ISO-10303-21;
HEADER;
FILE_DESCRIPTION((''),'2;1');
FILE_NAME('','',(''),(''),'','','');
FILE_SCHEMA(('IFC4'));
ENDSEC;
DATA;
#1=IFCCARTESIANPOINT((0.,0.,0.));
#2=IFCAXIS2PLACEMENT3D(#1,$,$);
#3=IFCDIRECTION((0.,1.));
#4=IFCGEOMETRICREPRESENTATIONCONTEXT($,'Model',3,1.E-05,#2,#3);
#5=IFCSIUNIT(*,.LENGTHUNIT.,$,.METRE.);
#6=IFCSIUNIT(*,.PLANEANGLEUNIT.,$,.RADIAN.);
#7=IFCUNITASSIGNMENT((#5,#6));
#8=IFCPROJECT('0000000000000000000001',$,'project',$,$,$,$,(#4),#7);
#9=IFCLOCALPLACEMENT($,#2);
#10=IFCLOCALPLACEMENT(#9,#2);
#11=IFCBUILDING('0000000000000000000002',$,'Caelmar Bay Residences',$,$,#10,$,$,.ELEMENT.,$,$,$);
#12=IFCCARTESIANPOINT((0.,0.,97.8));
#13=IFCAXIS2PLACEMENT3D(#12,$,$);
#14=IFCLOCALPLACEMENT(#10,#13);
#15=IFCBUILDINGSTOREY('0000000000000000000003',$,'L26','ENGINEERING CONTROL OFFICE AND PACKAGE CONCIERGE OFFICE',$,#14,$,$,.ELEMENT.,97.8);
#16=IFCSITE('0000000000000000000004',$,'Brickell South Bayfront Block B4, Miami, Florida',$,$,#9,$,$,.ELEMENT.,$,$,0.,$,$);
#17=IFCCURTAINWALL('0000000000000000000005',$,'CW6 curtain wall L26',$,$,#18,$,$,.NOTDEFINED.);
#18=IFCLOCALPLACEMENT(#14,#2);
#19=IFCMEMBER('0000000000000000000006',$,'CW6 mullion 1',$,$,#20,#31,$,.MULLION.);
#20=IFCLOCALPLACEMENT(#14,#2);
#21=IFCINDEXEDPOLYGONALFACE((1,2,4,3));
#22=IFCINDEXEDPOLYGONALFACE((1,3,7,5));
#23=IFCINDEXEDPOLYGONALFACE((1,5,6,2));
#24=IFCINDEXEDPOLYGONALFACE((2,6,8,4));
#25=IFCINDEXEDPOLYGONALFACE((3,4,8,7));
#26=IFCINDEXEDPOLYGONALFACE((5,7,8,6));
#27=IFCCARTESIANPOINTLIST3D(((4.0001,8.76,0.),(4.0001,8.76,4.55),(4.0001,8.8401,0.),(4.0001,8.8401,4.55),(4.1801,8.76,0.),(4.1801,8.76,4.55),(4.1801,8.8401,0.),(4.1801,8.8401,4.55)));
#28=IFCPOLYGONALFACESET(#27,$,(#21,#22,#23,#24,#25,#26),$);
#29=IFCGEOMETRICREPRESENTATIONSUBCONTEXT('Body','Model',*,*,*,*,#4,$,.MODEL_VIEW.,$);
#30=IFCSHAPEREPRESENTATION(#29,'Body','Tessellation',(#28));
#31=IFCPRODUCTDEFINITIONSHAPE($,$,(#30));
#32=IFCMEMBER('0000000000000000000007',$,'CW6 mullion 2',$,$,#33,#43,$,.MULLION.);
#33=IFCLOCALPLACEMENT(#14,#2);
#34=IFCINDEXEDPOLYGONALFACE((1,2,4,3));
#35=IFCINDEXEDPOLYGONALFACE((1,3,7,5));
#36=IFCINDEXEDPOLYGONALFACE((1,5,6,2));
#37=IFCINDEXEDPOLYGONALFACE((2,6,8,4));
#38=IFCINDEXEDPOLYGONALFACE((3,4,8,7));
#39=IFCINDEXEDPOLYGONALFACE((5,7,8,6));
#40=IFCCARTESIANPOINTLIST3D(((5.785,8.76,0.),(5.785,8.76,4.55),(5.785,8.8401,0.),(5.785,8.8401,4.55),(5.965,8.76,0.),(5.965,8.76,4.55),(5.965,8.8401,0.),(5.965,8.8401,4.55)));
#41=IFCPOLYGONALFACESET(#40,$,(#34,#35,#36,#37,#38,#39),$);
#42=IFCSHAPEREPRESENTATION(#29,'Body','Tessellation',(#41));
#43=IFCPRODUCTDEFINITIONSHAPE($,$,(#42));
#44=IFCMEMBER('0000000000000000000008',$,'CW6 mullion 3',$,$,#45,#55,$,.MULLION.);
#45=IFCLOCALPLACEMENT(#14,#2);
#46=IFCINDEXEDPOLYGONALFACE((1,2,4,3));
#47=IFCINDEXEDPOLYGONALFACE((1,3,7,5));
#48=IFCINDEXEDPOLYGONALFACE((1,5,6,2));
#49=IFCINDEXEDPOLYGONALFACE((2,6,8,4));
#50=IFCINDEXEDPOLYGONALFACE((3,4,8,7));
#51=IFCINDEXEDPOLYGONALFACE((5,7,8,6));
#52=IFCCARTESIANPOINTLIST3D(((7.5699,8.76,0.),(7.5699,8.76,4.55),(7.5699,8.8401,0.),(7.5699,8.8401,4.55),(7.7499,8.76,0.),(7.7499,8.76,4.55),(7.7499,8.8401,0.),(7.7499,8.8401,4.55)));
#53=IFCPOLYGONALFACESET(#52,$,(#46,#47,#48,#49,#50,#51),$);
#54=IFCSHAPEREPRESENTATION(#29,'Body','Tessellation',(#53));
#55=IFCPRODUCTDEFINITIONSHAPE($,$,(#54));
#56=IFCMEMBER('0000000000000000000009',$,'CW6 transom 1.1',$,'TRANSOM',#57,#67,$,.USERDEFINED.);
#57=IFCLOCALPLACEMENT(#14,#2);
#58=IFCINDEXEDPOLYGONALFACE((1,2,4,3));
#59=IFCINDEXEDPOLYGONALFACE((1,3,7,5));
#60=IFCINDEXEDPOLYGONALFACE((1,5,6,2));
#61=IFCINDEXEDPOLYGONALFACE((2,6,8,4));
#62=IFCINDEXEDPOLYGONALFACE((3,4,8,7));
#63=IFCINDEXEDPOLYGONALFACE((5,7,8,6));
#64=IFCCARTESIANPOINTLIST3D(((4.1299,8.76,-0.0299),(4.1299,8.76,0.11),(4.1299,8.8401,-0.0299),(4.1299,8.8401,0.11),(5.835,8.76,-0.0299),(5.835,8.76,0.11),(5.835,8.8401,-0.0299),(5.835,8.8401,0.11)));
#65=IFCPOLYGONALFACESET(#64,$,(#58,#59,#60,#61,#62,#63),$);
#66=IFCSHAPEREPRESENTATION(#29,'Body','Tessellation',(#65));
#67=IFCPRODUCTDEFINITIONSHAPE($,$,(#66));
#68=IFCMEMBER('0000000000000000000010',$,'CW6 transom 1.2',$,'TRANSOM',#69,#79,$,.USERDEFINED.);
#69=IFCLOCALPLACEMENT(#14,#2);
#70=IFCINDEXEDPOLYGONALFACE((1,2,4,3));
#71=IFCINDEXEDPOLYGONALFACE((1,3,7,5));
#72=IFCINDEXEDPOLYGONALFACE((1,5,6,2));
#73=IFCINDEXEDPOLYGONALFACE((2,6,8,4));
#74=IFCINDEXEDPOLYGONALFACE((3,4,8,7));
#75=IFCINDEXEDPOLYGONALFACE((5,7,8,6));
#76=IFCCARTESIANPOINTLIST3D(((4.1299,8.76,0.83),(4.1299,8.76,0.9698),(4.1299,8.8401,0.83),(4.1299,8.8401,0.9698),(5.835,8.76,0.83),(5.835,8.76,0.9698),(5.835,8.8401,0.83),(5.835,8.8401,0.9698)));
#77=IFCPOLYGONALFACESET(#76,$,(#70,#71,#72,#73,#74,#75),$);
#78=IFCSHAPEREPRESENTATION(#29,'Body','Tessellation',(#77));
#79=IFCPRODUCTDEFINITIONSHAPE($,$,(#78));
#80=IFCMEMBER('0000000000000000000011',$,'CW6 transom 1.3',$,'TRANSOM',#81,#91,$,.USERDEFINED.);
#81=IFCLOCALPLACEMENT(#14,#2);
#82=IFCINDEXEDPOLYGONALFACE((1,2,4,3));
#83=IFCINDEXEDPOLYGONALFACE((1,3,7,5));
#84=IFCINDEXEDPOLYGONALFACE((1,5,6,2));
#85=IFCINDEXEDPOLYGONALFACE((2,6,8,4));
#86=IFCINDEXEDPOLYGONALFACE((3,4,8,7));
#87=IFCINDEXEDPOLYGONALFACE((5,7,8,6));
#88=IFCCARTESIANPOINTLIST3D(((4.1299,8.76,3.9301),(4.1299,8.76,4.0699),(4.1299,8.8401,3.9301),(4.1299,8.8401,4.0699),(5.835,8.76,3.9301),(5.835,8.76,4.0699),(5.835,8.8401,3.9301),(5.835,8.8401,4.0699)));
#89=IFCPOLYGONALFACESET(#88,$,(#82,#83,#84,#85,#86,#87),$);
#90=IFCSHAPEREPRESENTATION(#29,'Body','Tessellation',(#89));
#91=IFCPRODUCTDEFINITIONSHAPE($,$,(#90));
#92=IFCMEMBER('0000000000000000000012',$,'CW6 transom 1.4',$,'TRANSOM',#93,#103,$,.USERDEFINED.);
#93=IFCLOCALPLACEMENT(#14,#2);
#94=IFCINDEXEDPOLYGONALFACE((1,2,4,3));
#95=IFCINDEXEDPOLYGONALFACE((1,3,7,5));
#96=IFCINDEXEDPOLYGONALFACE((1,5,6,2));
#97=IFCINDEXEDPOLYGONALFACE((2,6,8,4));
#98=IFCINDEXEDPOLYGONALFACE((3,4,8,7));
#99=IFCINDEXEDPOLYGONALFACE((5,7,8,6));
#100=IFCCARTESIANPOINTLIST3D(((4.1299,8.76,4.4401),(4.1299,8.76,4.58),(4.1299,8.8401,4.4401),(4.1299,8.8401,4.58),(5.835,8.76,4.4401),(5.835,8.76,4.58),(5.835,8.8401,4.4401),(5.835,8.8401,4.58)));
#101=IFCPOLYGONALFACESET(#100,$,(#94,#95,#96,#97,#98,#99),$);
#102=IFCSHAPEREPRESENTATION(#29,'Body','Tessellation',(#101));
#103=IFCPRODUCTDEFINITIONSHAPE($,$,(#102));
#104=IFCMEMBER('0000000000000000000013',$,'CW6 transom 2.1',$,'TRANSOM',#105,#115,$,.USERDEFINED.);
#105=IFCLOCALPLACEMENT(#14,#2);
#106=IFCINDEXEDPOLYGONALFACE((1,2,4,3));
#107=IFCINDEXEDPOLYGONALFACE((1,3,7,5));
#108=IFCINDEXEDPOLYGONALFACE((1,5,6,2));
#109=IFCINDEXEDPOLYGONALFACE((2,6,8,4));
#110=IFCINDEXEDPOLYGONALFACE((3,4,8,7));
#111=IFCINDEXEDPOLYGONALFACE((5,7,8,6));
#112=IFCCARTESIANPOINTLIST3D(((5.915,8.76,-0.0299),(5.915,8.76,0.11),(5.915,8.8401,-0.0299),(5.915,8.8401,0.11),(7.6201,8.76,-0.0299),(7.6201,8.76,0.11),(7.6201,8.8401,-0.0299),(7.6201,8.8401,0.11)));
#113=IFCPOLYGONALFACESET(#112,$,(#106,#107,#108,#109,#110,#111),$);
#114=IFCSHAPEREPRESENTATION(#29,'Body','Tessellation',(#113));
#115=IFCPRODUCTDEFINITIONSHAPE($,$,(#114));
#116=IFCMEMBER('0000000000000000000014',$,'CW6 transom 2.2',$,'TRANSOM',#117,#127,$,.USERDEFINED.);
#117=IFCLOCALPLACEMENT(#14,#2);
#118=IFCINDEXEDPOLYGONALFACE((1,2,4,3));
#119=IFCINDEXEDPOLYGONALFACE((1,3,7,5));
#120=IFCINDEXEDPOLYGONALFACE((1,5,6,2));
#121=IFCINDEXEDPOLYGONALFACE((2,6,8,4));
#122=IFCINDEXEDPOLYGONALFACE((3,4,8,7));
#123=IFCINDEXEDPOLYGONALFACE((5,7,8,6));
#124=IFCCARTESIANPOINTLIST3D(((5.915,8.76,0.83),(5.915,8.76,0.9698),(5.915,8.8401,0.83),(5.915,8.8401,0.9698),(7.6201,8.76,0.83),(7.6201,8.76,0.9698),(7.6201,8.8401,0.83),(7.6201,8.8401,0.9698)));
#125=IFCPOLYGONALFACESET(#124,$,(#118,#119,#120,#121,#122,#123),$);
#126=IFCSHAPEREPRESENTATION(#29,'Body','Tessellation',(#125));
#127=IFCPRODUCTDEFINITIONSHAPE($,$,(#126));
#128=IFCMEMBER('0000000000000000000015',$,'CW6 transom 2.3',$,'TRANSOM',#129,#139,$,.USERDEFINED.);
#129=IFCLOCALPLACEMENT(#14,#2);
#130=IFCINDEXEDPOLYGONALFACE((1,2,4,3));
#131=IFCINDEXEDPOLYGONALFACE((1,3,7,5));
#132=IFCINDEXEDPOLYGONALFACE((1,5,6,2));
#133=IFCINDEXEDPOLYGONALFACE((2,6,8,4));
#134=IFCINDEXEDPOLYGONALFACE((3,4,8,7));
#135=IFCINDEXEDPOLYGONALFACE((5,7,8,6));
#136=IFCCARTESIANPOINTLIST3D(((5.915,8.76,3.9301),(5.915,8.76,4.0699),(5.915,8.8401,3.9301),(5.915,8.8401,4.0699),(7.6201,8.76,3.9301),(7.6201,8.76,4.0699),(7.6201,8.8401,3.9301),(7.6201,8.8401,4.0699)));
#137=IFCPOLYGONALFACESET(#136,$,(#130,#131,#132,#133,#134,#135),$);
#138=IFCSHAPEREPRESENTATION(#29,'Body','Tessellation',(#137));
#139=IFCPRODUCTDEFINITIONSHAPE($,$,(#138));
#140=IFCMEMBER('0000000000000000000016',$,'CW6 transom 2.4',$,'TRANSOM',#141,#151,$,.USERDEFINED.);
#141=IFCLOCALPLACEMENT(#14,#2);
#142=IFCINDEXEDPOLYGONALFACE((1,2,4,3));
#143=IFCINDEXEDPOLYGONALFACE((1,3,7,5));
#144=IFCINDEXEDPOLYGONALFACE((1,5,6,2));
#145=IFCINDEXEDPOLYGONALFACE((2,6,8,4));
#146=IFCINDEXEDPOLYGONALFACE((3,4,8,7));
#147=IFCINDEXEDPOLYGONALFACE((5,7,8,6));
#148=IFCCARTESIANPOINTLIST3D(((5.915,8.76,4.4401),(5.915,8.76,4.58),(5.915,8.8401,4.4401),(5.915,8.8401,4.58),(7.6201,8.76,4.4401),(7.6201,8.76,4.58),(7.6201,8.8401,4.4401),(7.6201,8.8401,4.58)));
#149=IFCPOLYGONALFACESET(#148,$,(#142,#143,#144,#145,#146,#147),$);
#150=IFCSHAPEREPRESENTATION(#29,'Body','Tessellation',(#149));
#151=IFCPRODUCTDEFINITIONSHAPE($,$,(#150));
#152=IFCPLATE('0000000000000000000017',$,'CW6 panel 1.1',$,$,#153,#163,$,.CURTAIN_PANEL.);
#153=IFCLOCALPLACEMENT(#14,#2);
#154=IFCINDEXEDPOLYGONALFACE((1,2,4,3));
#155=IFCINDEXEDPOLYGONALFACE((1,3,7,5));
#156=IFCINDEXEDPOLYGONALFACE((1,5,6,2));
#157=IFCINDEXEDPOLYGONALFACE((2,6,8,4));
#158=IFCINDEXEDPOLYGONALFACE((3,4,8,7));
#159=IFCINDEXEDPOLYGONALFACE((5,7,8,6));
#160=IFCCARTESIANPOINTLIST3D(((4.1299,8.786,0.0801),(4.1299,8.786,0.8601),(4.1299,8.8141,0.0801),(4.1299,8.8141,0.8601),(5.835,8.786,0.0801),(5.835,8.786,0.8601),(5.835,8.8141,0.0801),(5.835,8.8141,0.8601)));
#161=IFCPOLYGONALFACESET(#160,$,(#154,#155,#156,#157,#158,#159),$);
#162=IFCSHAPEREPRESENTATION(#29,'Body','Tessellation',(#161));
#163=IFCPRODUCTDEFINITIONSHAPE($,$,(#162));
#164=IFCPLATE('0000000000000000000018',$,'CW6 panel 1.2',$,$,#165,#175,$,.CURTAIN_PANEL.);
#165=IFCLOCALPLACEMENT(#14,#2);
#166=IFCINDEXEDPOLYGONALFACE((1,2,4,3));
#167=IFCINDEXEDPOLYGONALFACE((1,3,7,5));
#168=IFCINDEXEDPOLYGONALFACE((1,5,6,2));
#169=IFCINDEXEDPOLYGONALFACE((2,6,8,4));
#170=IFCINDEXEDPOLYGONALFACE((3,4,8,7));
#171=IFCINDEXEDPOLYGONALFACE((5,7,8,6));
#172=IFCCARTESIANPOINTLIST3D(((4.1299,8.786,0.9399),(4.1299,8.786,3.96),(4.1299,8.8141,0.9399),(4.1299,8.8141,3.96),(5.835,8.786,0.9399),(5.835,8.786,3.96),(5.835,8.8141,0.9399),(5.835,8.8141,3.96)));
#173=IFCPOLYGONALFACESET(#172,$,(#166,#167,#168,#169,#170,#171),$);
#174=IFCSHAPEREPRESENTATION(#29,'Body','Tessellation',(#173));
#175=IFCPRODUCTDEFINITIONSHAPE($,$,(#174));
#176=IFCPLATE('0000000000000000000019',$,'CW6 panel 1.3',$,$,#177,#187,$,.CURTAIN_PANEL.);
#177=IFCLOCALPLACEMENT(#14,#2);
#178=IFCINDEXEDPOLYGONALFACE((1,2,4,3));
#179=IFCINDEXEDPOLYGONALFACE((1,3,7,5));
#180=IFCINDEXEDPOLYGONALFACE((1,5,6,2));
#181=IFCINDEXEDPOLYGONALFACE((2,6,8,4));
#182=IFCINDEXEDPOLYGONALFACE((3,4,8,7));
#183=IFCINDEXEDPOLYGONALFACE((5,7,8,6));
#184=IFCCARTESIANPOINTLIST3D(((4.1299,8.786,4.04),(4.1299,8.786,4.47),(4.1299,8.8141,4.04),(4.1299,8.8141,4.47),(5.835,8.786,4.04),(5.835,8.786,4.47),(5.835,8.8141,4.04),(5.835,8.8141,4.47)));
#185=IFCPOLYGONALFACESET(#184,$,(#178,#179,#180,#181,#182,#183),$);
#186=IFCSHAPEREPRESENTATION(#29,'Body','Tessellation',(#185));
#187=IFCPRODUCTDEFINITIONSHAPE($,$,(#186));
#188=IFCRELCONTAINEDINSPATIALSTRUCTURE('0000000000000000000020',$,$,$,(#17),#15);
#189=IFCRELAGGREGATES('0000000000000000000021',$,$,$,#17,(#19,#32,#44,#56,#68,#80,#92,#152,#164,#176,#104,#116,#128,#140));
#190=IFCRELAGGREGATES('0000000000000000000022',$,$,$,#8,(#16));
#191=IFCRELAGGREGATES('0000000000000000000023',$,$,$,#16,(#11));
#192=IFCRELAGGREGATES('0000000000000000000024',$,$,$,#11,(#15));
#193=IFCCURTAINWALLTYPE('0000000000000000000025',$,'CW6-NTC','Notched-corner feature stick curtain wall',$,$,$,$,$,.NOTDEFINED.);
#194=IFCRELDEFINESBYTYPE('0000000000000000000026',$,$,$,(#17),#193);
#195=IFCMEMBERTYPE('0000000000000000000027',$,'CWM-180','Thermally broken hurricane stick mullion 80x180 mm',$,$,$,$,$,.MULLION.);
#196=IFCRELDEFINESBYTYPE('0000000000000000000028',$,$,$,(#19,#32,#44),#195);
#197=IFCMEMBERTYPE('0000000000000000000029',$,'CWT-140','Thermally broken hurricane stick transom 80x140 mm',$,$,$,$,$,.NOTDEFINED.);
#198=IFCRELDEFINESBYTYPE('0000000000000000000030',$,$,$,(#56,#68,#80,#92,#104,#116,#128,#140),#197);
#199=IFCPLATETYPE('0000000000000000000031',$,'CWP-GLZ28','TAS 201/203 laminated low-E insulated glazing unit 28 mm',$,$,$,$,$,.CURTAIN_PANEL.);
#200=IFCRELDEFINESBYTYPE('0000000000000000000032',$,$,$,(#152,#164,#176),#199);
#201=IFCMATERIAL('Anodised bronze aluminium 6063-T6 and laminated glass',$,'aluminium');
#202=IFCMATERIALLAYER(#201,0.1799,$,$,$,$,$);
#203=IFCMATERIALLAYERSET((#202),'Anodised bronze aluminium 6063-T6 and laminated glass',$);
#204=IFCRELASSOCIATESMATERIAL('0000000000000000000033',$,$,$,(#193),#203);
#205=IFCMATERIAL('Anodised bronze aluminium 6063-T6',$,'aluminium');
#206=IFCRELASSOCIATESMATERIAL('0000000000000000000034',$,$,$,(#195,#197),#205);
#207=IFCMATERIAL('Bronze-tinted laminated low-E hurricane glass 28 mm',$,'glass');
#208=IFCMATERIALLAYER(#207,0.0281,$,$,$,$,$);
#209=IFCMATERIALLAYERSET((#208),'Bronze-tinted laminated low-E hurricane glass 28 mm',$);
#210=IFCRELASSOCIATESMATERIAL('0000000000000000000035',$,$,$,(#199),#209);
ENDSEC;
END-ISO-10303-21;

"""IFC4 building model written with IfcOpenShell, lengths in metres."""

from ifc_helpers import new_model, si_unit, direction, frame, origin, origin_2d, place, context, subcontext, project, spatial, rectangle, extrude, material, layer, layer_set, material_profile, profile_set, type_object, element, aggregate, save


model = new_model("IFC4")

# Units and contexts
model_context = context("Model", 3, precision=1e-05, world=origin(), true_north=direction((0.0, 1.0)))
body_context = subcontext(model_context, "Body", "Model", "MODEL_VIEW")
ifc_project = project(units=[si_unit("LENGTHUNIT", "METRE"), si_unit("PLANEANGLEUNIT", "RADIAN")], contexts=[model_context])

# Site, building, storey
site_placement = place(None, origin())
site = spatial("IfcSite", under=ifc_project, at=site_placement, Name="Brickell South Bayfront Block B4, Miami, Florida", CompositionType="ELEMENT", RefElevation=0.0)
building_placement = place(site_placement, origin())
building = spatial("IfcBuilding", under=site, at=building_placement, Name="Caelmar Bay Residences", CompositionType="ELEMENT")
storey_placement = place(building_placement, frame((0.0, 0.0, 97.8)))
storey = spatial("IfcBuildingStorey", under=building, at=storey_placement, Name="L26", Description="ENGINEERING CONTROL OFFICE AND PACKAGE CONCIERGE OFFICE", CompositionType="ELEMENT", Elevation=97.8)

# Curtain wall, members, plates
ifc_material_1 = material(Name="Anodised bronze aluminium 6063-T6 and laminated glass", Category="aluminium")
ifc_layer_1 = layer(ifc_material_1, 0.1799)
ifc_layer_set_1 = layer_set([ifc_layer_1], Name="Anodised bronze aluminium 6063-T6 and laminated glass")
curtain_wall_type = type_object("IfcCurtainWallType", Name="CW6-NTC", Description="Notched-corner feature stick curtain wall", PredefinedType="NOTDEFINED", material=ifc_layer_set_1)
curtain_wall_placement = place(storey_placement, origin())
curtain_wall = element("IfcCurtainWall", 1, at=curtain_wall_placement, inside=storey, type_object=curtain_wall_type, Name="CW6 curtain wall L26", PredefinedType="NOTDEFINED")
ifc_material_2 = material(Name="Anodised bronze aluminium 6063-T6", Category="aluminium")
ifc_material_profile_1 = material_profile(ifc_material_2, rectangle(XDim=0.0801, YDim=0.1799, at=origin_2d()), Name="CWM-80X180")
ifc_profile_set_1 = profile_set([ifc_material_profile_1], Name="Anodised bronze aluminium 6063-T6")
member_type_1 = type_object("IfcMemberType", Name="CWM-180", Description="Thermally broken hurricane stick mullion 80x180 mm", PredefinedType="MULLION", material=ifc_profile_set_1)
member_1_placement = place(storey_placement, frame((4.0901, 8.8, 0.0), z_axis=(0.0, 0.0, 1.0), x_axis=(0.0, 1.0, 0.0)))
member_1 = element("IfcMember", 2, at=member_1_placement, type_object=member_type_1, Name="CW6 mullion 1", PredefinedType="MULLION", context=body_context, shape_type="SweptSolid", body=[
    extrude(rectangle(XDim=0.0801, YDim=0.1799, at=origin_2d()), origin(), (0.0, 0.0, 1.0), 4.55),
])
member_2_placement = place(storey_placement, frame((5.875, 8.8, 0.0), z_axis=(0.0, 0.0, 1.0), x_axis=(0.0, 1.0, 0.0)))
member_2 = element("IfcMember", 3, at=member_2_placement, type_object=member_type_1, Name="CW6 mullion 2", PredefinedType="MULLION", context=body_context, shape_type="SweptSolid", body=[
    extrude(rectangle(XDim=0.0801, YDim=0.1799, at=origin_2d()), origin(), (0.0, 0.0, 1.0), 4.55),
])
member_3_placement = place(storey_placement, frame((7.6599, 8.8, 0.0), z_axis=(0.0, 0.0, 1.0), x_axis=(0.0, 1.0, 0.0)))
member_3 = element("IfcMember", 4, at=member_3_placement, type_object=member_type_1, Name="CW6 mullion 3", PredefinedType="MULLION", context=body_context, shape_type="SweptSolid", body=[
    extrude(rectangle(XDim=0.0801, YDim=0.1799, at=origin_2d()), origin(), (0.0, 0.0, 1.0), 4.55),
])
ifc_material_profile_2 = material_profile(ifc_material_2, rectangle(XDim=0.0801, YDim=0.1399, at=origin_2d()), Name="CWT-80X140")
ifc_profile_set_2 = profile_set([ifc_material_profile_2], Name="Anodised bronze aluminium 6063-T6")
member_type_2 = type_object("IfcMemberType", Name="CWT-140", Description="Thermally broken hurricane stick transom 80x140 mm", PredefinedType="NOTDEFINED", material=ifc_profile_set_2)
member_4_placement = place(storey_placement, frame((4.1299, 8.8, 0.04), z_axis=(1.0, 0.0, 0.0), x_axis=(0.0, 1.0, 0.0)))
member_4 = element("IfcMember", 5, at=member_4_placement, type_object=member_type_2, Name="CW6 transom 1.1", ObjectType="TRANSOM", PredefinedType="USERDEFINED", context=body_context, shape_type="SweptSolid", body=[
    extrude(rectangle(XDim=0.0801, YDim=0.1399, at=origin_2d()), origin(), (0.0, 0.0, 1.0), 1.7051),
])
member_5_placement = place(storey_placement, frame((4.1299, 8.8, 0.8999), z_axis=(1.0, 0.0, 0.0), x_axis=(0.0, 1.0, 0.0)))
member_5 = element("IfcMember", 6, at=member_5_placement, type_object=member_type_2, Name="CW6 transom 1.2", ObjectType="TRANSOM", PredefinedType="USERDEFINED", context=body_context, shape_type="SweptSolid", body=[
    extrude(rectangle(XDim=0.0801, YDim=0.1399, at=origin_2d()), origin(), (0.0, 0.0, 1.0), 1.7051),
])
member_6_placement = place(storey_placement, frame((4.1299, 8.8, 4.0), z_axis=(1.0, 0.0, 0.0), x_axis=(0.0, 1.0, 0.0)))
member_6 = element("IfcMember", 7, at=member_6_placement, type_object=member_type_2, Name="CW6 transom 1.3", ObjectType="TRANSOM", PredefinedType="USERDEFINED", context=body_context, shape_type="SweptSolid", body=[
    extrude(rectangle(XDim=0.0801, YDim=0.1399, at=origin_2d()), origin(), (0.0, 0.0, 1.0), 1.7051),
])
member_7_placement = place(storey_placement, frame((4.1299, 8.8, 4.51), z_axis=(1.0, 0.0, 0.0), x_axis=(0.0, 1.0, 0.0)))
member_7 = element("IfcMember", 8, at=member_7_placement, type_object=member_type_2, Name="CW6 transom 1.4", ObjectType="TRANSOM", PredefinedType="USERDEFINED", context=body_context, shape_type="SweptSolid", body=[
    extrude(rectangle(XDim=0.0801, YDim=0.1399, at=origin_2d()), origin(), (0.0, 0.0, 1.0), 1.7051),
])
member_8_placement = place(storey_placement, frame((5.915, 8.8, 0.04), z_axis=(1.0, 0.0, 0.0), x_axis=(0.0, 1.0, 0.0)))
member_8 = element("IfcMember", 9, at=member_8_placement, type_object=member_type_2, Name="CW6 transom 2.1", ObjectType="TRANSOM", PredefinedType="USERDEFINED", context=body_context, shape_type="SweptSolid", body=[
    extrude(rectangle(XDim=0.0801, YDim=0.1399, at=origin_2d()), origin(), (0.0, 0.0, 1.0), 1.7051),
])
member_9_placement = place(storey_placement, frame((5.915, 8.8, 0.8999), z_axis=(1.0, 0.0, 0.0), x_axis=(0.0, 1.0, 0.0)))
member_9 = element("IfcMember", 10, at=member_9_placement, type_object=member_type_2, Name="CW6 transom 2.2", ObjectType="TRANSOM", PredefinedType="USERDEFINED", context=body_context, shape_type="SweptSolid", body=[
    extrude(rectangle(XDim=0.0801, YDim=0.1399, at=origin_2d()), origin(), (0.0, 0.0, 1.0), 1.7051),
])
member_10_placement = place(storey_placement, frame((5.915, 8.8, 4.0), z_axis=(1.0, 0.0, 0.0), x_axis=(0.0, 1.0, 0.0)))
member_10 = element("IfcMember", 11, at=member_10_placement, type_object=member_type_2, Name="CW6 transom 2.3", ObjectType="TRANSOM", PredefinedType="USERDEFINED", context=body_context, shape_type="SweptSolid", body=[
    extrude(rectangle(XDim=0.0801, YDim=0.1399, at=origin_2d()), origin(), (0.0, 0.0, 1.0), 1.7051),
])
member_11_placement = place(storey_placement, frame((5.915, 8.8, 4.51), z_axis=(1.0, 0.0, 0.0), x_axis=(0.0, 1.0, 0.0)))
member_11 = element("IfcMember", 12, at=member_11_placement, type_object=member_type_2, Name="CW6 transom 2.4", ObjectType="TRANSOM", PredefinedType="USERDEFINED", context=body_context, shape_type="SweptSolid", body=[
    extrude(rectangle(XDim=0.0801, YDim=0.1399, at=origin_2d()), origin(), (0.0, 0.0, 1.0), 1.7051),
])
ifc_material_3 = material(Name="Bronze-tinted laminated low-E hurricane glass 28 mm", Category="glass")
ifc_layer_2 = layer(ifc_material_3, 0.0281)
ifc_layer_set_2 = layer_set([ifc_layer_2], Name="Bronze-tinted laminated low-E hurricane glass 28 mm")
plate_type = type_object("IfcPlateType", Name="CWP-GLZ28", Description="TAS 201/203 laminated low-E insulated glazing unit 28 mm", PredefinedType="CURTAIN_PANEL", material=ifc_layer_set_2)
plate_1_placement = place(storey_placement, frame((4.9824, 8.8, 0.0801), z_axis=(0.0, 0.0, 1.0), x_axis=(1.0, 0.0, 0.0)))
plate_1 = element("IfcPlate", 13, at=plate_1_placement, type_object=plate_type, Name="CW6 panel 1.1", PredefinedType="CURTAIN_PANEL", context=body_context, shape_type="SweptSolid", body=[
    extrude(rectangle(XDim=1.7051, YDim=0.0281, at=origin_2d()), origin(), (0.0, 0.0, 1.0), 0.78),
])
plate_2_placement = place(storey_placement, frame((4.9824, 8.8, 0.9399), z_axis=(0.0, 0.0, 1.0), x_axis=(1.0, 0.0, 0.0)))
plate_2 = element("IfcPlate", 14, at=plate_2_placement, type_object=plate_type, Name="CW6 panel 1.2", PredefinedType="CURTAIN_PANEL", context=body_context, shape_type="SweptSolid", body=[
    extrude(rectangle(XDim=1.7051, YDim=0.0281, at=origin_2d()), origin(), (0.0, 0.0, 1.0), 3.02),
])
plate_3_placement = place(storey_placement, frame((4.9824, 8.8, 4.04), z_axis=(0.0, 0.0, 1.0), x_axis=(1.0, 0.0, 0.0)))
plate_3 = element("IfcPlate", 15, at=plate_3_placement, type_object=plate_type, Name="CW6 panel 1.3", PredefinedType="CURTAIN_PANEL", context=body_context, shape_type="SweptSolid", body=[
    extrude(rectangle(XDim=1.7051, YDim=0.0281, at=origin_2d()), origin(), (0.0, 0.0, 1.0), 0.4299),
])
aggregate(curtain_wall, [member_1, member_2, member_3, member_4, member_5, member_6, member_7, plate_1, plate_2, plate_3, member_8, member_9, member_10, member_11])

save(model, "model.ifc")
